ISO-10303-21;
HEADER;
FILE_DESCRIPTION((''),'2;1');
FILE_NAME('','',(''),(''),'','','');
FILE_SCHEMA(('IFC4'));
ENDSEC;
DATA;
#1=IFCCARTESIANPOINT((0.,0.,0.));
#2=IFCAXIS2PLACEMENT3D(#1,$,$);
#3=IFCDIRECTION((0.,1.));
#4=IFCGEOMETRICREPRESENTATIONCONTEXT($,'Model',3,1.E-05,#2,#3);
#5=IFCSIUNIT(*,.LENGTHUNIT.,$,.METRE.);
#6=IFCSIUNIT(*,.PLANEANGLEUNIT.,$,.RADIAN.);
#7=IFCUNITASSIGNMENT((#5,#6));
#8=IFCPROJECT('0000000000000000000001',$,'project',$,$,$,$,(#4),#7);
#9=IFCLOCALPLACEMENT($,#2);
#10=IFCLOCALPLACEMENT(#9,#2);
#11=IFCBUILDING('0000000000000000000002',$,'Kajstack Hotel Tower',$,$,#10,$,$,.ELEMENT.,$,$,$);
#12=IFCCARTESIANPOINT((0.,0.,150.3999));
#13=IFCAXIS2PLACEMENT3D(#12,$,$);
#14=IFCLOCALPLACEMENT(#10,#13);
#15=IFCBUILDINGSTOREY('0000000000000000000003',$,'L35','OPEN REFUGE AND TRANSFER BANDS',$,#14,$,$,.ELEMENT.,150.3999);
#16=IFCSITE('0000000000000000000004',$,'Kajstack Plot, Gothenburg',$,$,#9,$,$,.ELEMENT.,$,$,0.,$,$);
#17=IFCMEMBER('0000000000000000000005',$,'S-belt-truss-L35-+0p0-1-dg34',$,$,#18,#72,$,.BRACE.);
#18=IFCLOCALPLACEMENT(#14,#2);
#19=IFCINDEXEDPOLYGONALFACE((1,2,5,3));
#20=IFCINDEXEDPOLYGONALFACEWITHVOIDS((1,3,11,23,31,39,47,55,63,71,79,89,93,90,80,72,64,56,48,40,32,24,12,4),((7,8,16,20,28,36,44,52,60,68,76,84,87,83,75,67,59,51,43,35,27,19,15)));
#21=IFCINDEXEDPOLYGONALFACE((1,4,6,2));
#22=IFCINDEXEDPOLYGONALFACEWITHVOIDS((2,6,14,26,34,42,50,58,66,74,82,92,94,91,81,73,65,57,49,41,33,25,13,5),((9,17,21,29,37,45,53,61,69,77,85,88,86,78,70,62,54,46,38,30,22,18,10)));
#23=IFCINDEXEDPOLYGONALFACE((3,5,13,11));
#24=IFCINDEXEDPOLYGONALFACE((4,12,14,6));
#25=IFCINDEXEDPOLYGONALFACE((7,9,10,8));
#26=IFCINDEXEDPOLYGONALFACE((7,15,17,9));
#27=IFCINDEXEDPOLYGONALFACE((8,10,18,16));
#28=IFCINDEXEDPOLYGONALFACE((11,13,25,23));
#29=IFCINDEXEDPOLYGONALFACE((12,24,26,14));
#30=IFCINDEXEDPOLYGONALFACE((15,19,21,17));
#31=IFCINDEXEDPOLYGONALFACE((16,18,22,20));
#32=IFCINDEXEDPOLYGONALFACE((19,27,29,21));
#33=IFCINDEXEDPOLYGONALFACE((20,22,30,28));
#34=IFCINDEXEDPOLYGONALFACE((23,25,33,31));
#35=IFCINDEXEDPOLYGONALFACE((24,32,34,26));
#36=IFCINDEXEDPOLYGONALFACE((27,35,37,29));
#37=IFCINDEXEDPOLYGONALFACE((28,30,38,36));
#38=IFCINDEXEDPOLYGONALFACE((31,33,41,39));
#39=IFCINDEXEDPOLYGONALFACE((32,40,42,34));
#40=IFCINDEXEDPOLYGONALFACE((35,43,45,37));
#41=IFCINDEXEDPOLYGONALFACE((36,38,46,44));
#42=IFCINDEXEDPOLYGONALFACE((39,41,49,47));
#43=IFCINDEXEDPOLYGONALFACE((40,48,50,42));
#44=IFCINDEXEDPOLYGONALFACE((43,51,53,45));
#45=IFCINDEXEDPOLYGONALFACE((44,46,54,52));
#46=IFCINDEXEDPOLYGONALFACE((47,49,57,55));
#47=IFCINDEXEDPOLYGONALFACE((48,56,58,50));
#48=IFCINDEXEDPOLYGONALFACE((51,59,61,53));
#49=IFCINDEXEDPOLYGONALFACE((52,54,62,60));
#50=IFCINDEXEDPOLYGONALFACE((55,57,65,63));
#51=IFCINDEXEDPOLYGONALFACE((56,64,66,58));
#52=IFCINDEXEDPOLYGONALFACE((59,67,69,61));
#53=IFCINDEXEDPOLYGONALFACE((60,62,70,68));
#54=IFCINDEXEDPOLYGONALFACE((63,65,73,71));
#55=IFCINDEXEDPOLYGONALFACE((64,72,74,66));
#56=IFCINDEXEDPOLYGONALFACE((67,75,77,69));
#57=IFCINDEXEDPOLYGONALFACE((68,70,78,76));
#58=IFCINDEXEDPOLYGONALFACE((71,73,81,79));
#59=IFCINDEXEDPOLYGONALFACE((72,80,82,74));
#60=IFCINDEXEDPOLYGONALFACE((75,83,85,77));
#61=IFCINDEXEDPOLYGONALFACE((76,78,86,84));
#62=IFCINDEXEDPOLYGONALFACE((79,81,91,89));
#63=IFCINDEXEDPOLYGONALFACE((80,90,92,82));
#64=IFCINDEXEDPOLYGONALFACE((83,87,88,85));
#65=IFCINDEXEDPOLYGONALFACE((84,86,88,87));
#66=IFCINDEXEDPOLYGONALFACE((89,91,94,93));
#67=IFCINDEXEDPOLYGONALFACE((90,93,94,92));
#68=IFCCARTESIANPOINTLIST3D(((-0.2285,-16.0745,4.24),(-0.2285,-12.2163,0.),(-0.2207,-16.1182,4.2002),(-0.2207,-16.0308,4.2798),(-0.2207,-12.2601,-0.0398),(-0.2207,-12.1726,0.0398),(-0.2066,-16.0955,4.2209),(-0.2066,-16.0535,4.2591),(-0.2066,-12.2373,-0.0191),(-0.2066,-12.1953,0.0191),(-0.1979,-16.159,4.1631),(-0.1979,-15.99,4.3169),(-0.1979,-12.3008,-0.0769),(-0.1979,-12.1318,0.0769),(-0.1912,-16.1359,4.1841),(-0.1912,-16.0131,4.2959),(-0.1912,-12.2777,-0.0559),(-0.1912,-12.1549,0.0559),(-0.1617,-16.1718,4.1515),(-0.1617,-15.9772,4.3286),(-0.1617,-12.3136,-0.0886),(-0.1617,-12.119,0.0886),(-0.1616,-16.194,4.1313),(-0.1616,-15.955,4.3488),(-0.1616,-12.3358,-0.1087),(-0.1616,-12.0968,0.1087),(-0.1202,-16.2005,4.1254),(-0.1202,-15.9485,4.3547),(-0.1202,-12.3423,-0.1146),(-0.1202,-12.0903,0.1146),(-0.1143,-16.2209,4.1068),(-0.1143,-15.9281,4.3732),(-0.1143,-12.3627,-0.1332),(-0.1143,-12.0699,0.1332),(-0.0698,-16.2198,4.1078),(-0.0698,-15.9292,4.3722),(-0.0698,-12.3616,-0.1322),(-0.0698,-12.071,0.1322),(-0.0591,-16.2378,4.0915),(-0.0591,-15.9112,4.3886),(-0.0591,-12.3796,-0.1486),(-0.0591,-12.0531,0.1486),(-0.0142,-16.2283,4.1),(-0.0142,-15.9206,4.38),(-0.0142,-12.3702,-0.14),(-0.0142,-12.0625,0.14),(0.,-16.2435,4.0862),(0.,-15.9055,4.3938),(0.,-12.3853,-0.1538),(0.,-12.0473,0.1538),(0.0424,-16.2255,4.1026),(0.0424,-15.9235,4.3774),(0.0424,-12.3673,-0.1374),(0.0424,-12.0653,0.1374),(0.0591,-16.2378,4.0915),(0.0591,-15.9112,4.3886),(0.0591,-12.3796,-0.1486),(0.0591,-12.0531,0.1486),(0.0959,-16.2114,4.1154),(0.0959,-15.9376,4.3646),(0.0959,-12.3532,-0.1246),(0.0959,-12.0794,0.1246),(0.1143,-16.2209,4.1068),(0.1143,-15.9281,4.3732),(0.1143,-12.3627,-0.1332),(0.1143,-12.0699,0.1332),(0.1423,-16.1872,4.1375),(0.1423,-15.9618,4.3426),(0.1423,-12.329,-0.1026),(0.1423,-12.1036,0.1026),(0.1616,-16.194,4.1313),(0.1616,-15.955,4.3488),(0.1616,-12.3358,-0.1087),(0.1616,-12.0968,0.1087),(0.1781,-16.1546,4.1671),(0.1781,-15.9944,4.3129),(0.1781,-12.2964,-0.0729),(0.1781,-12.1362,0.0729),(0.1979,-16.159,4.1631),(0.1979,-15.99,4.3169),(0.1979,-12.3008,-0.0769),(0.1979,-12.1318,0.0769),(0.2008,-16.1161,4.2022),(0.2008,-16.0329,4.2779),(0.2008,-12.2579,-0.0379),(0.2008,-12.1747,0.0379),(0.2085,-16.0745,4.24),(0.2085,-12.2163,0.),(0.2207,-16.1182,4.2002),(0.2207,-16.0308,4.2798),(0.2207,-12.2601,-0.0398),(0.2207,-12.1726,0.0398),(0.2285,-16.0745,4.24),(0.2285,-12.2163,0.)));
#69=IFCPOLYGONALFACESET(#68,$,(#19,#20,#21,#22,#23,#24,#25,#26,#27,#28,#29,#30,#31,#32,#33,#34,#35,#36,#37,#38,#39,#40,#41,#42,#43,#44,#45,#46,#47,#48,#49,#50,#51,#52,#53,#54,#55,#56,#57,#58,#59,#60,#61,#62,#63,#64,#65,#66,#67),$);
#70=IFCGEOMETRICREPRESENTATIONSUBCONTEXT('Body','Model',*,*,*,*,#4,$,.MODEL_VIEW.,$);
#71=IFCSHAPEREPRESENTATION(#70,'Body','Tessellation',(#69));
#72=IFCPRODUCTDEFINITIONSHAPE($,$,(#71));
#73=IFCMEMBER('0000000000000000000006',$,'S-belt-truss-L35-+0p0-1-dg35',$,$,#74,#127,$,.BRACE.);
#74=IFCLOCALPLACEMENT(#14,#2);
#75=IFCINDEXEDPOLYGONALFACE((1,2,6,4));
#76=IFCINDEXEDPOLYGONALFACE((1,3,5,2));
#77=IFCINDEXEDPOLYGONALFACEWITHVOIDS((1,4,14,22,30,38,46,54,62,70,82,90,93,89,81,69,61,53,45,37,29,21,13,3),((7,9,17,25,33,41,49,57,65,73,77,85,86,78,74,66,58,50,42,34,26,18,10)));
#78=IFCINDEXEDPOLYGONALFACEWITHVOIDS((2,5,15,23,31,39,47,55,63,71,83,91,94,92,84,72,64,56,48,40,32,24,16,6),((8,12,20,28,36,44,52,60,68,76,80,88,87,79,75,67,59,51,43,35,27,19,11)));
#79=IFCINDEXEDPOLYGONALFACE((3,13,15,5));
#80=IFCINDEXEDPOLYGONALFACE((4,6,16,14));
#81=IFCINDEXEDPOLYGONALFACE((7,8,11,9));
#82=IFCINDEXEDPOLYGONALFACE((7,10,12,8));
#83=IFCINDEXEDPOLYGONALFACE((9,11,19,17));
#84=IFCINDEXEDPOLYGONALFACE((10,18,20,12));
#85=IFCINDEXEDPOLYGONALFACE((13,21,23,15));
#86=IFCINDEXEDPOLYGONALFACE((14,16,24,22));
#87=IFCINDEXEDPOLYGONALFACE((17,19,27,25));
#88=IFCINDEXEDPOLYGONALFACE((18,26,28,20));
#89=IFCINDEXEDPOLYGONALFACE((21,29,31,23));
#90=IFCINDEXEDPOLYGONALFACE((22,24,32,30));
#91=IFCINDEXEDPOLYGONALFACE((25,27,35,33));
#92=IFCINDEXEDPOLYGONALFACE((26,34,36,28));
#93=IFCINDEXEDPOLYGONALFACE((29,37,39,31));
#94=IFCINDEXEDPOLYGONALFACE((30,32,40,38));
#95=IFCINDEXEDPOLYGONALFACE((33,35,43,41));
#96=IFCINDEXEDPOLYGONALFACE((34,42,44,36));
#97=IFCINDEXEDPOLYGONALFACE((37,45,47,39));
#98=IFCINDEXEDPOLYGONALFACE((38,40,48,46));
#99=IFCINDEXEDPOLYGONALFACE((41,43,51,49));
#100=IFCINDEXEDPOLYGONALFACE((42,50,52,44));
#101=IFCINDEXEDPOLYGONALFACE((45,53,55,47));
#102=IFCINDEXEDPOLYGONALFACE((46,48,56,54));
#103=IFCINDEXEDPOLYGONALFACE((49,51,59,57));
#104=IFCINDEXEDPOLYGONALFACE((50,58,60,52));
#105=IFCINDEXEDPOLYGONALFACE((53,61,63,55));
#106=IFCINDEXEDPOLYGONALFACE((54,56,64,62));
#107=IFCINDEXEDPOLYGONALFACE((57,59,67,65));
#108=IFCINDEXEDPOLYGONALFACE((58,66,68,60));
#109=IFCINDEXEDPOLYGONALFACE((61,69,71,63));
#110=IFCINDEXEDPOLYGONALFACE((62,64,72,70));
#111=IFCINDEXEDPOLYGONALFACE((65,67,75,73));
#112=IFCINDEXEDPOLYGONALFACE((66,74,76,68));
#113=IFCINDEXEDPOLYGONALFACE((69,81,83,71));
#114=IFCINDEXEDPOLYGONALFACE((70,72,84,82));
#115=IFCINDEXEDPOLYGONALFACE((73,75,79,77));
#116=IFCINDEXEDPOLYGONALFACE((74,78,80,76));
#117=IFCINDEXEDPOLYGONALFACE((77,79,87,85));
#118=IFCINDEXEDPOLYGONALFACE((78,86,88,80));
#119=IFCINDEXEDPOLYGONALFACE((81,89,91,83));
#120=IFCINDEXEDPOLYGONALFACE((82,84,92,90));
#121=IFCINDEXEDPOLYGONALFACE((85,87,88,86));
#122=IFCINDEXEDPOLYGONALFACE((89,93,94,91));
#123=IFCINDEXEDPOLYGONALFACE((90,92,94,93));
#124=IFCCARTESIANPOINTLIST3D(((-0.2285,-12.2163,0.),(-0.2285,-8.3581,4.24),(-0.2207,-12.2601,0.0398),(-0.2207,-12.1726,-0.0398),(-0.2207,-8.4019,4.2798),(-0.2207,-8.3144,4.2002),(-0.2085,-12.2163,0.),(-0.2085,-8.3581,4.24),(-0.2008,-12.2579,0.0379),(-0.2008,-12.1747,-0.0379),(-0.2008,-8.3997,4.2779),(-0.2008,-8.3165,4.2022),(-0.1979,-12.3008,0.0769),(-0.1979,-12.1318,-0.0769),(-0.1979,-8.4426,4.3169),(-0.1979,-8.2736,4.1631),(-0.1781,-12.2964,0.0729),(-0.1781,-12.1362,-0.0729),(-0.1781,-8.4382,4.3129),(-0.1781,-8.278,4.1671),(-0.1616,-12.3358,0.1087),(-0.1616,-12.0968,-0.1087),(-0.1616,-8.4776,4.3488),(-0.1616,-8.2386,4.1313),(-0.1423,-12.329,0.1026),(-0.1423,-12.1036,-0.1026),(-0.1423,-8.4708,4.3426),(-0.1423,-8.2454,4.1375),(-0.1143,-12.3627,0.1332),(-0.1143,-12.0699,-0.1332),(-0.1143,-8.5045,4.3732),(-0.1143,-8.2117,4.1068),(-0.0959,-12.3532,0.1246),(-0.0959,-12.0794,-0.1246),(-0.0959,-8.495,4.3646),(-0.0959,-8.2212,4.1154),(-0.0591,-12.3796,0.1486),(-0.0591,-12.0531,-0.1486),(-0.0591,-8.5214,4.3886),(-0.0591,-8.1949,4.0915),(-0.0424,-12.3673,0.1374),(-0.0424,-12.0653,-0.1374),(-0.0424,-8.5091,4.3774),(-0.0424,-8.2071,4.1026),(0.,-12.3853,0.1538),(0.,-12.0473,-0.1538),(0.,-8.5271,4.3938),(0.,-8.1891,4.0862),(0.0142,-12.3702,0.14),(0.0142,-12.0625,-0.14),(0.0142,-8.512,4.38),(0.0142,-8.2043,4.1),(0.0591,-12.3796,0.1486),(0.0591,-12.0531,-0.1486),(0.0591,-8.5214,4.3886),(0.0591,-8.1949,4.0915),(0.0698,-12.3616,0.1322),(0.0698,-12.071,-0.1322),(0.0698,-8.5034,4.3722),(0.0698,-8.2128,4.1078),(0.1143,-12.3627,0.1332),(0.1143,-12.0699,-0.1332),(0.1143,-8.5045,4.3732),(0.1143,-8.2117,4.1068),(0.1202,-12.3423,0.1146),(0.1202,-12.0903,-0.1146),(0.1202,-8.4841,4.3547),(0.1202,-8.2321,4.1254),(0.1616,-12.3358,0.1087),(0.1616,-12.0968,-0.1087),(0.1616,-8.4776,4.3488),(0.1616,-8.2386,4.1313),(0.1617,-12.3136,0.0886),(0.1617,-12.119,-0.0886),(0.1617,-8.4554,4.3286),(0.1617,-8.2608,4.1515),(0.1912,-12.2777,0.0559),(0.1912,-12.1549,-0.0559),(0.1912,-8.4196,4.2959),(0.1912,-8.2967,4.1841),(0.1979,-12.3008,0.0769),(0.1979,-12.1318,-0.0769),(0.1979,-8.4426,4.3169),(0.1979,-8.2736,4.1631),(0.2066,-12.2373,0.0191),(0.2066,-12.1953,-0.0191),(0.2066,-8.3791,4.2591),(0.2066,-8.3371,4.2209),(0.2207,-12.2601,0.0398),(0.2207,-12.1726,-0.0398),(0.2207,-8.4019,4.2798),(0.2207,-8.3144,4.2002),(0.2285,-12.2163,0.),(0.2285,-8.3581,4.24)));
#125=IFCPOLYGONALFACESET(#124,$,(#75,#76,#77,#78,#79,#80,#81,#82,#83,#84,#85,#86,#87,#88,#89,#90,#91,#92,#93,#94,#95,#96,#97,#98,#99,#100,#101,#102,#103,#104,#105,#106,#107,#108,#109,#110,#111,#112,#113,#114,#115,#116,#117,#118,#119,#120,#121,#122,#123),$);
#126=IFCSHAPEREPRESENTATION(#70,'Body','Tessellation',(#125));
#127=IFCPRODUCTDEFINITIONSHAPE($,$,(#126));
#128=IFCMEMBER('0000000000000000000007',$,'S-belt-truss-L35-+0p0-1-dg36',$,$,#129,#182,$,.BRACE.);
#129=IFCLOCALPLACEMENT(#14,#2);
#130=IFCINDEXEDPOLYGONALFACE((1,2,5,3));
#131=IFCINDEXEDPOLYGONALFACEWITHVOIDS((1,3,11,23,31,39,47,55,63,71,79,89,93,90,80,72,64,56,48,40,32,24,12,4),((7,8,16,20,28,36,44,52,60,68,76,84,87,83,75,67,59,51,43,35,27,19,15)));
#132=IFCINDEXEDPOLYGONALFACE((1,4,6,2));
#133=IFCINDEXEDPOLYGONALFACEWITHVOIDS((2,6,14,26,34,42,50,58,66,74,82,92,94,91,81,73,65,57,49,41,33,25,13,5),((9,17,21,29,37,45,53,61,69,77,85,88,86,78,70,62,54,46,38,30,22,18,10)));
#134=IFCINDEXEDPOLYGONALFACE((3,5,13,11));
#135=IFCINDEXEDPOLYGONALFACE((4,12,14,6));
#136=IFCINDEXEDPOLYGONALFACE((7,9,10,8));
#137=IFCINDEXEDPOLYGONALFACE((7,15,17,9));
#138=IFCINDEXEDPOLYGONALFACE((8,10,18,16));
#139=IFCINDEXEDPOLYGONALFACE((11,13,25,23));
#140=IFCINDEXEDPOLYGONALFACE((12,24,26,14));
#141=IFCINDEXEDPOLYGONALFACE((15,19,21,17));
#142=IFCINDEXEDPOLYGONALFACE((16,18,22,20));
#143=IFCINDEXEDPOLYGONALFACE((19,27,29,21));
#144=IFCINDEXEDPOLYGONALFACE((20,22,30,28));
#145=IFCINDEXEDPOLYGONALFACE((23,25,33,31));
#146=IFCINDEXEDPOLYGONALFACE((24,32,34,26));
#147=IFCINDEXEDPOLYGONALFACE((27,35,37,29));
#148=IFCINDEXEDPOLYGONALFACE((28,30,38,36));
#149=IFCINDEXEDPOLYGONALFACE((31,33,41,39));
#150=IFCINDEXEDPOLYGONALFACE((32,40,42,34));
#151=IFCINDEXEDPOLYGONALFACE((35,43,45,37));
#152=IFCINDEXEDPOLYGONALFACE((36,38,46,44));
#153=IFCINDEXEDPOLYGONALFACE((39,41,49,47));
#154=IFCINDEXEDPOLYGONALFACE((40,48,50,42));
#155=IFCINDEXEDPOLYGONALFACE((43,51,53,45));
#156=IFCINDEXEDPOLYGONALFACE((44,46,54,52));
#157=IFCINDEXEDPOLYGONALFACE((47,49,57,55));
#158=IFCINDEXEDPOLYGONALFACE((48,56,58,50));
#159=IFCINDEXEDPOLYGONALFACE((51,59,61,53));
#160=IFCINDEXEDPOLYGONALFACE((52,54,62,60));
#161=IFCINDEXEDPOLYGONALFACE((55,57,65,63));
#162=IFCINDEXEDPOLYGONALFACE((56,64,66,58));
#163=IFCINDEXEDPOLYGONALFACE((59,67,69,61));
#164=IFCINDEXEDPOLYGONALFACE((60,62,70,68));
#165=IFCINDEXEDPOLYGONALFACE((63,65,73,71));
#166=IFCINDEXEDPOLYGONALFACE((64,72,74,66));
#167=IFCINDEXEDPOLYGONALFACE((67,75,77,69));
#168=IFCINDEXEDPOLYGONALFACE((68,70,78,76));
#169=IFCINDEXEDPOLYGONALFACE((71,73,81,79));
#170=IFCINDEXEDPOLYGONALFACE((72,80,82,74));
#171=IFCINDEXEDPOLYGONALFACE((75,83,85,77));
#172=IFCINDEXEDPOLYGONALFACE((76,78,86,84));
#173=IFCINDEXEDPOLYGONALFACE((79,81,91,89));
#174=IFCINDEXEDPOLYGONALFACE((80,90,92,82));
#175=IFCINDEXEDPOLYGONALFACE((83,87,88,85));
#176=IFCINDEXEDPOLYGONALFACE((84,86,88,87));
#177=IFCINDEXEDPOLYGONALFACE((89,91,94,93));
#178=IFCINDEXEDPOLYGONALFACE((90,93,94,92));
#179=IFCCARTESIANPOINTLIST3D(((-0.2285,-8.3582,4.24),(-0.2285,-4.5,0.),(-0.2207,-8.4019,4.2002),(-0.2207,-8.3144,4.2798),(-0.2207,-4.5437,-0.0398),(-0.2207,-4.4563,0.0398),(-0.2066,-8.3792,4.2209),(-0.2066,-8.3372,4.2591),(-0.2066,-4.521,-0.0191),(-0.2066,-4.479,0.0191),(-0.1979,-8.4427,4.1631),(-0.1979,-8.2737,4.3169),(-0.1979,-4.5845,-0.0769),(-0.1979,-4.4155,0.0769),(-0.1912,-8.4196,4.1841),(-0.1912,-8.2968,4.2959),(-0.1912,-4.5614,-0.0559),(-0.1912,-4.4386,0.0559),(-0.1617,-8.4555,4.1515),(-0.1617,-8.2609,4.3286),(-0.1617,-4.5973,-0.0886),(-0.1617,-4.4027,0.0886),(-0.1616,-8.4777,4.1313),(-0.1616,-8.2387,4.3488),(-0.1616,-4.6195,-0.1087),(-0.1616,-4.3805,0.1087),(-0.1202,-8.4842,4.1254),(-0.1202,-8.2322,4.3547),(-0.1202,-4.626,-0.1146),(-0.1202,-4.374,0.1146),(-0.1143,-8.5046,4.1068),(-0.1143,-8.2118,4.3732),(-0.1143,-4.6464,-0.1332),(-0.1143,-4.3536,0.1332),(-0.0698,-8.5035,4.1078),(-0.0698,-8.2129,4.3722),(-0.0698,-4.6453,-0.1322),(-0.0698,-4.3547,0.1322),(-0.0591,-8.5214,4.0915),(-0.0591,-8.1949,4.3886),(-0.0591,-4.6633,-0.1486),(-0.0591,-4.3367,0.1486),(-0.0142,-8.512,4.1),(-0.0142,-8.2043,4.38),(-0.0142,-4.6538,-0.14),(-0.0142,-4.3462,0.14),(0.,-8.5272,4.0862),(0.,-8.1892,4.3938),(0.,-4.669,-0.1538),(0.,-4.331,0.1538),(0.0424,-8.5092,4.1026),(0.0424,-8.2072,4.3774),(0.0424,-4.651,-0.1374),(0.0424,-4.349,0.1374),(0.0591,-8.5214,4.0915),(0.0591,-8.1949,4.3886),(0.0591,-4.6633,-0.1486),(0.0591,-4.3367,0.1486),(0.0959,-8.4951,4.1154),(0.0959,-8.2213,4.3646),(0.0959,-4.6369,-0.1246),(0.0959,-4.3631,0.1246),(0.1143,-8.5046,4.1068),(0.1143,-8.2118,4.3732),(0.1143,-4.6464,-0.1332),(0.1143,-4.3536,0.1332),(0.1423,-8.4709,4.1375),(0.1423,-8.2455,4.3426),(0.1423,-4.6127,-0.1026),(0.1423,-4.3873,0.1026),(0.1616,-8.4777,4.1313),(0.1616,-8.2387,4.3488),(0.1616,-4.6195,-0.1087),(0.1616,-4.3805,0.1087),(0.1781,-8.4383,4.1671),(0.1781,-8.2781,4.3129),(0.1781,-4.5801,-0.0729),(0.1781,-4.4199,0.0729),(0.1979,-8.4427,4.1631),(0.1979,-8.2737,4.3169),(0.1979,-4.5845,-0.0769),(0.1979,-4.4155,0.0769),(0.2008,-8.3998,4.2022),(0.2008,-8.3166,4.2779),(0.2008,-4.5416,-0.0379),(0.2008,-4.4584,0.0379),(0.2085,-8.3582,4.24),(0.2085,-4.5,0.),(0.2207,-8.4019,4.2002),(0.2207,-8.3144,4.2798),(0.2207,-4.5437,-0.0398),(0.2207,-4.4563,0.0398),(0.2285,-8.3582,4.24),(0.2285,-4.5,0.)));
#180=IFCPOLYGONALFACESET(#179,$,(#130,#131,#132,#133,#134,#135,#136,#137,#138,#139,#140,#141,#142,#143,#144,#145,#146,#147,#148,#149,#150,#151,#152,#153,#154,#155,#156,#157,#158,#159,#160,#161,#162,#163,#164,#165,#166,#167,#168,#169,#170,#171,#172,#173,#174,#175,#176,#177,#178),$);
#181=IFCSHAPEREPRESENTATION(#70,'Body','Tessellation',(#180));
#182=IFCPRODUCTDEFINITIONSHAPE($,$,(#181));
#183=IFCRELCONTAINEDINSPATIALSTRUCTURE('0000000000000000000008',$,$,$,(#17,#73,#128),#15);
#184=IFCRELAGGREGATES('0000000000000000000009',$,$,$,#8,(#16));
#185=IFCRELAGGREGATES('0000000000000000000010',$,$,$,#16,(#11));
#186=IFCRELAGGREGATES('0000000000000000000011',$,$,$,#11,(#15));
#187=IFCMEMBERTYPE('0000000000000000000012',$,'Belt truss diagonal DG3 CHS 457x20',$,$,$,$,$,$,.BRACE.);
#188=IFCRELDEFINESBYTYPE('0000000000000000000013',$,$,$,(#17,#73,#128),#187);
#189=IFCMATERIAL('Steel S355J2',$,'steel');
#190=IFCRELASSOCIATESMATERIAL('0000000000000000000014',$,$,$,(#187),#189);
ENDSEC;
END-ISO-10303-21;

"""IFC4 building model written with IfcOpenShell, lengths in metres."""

from ifc_helpers import new_model, si_unit, direction, frame, origin, origin_2d, place, context, subcontext, project, spatial, hollow_circle, extrude, material, material_profile, profile_set, type_object, element, save


model = new_model("IFC4")

# Units and contexts
model_context = context("Model", 3, precision=1e-05, world=origin(), true_north=direction((0.0, 1.0)))
body_context = subcontext(model_context, "Body", "Model", "MODEL_VIEW")
ifc_project = project(units=[si_unit("LENGTHUNIT", "METRE"), si_unit("PLANEANGLEUNIT", "RADIAN")], contexts=[model_context])

# Site, building, storey
site_placement = place(None, origin())
site = spatial("IfcSite", under=ifc_project, at=site_placement, Name="Kajstack Plot, Gothenburg", CompositionType="ELEMENT", RefElevation=0.0)
building_placement = place(site_placement, origin())
building = spatial("IfcBuilding", under=site, at=building_placement, Name="Kajstack Hotel Tower", CompositionType="ELEMENT")
storey_placement = place(building_placement, frame((0.0, 0.0, 150.3999)))
storey = spatial("IfcBuildingStorey", under=building, at=storey_placement, Name="L35", Description="OPEN REFUGE AND TRANSFER BANDS", CompositionType="ELEMENT", Elevation=150.3999)

# Members
ifc_material_1 = material(Name="Steel S355J2", Category="steel")
ifc_material_profile_1 = material_profile(ifc_material_1, hollow_circle(Radius=0.2285, WallThickness=0.02, at=origin_2d()), Name="CHS 457x20")
ifc_profile_set_1 = profile_set([ifc_material_profile_1], Name="Steel S355J2")
member_type_1 = type_object("IfcMemberType", Name="Belt truss diagonal DG3 CHS 457x20", PredefinedType="BRACE", material=ifc_profile_set_1)
for number, where, z_axis, x_axis, name in (
    (1, (0.0, -12.2163, 0.0), (0.0, -0.673018, 0.739626), (1.0, 0.0, 0.0), "S-belt-truss-L35-+0p0-1-dg34"),
    (2, (0.0, -12.2163, 0.0), (0.0, 0.673018, 0.739626), (-1.0, 0.0, 0.0), "S-belt-truss-L35-+0p0-1-dg35"),
    (3, (0.0, -4.5, 0.0), (0.0, -0.673018, 0.739626), (1.0, 0.0, 0.0), "S-belt-truss-L35-+0p0-1-dg36"),
):
    element("IfcMember", number, at=place(storey_placement, frame(where, z_axis=z_axis, x_axis=x_axis)), inside=storey, type_object=member_type_1, Name=name, PredefinedType="BRACE", context=body_context, shape_type="SweptSolid", body=[
        extrude(hollow_circle(Radius=0.2285, WallThickness=0.02, at=origin_2d()), origin(), (0.0, 0.0, 1.0), 5.7327),
    ])

save(model, "model.ifc")
